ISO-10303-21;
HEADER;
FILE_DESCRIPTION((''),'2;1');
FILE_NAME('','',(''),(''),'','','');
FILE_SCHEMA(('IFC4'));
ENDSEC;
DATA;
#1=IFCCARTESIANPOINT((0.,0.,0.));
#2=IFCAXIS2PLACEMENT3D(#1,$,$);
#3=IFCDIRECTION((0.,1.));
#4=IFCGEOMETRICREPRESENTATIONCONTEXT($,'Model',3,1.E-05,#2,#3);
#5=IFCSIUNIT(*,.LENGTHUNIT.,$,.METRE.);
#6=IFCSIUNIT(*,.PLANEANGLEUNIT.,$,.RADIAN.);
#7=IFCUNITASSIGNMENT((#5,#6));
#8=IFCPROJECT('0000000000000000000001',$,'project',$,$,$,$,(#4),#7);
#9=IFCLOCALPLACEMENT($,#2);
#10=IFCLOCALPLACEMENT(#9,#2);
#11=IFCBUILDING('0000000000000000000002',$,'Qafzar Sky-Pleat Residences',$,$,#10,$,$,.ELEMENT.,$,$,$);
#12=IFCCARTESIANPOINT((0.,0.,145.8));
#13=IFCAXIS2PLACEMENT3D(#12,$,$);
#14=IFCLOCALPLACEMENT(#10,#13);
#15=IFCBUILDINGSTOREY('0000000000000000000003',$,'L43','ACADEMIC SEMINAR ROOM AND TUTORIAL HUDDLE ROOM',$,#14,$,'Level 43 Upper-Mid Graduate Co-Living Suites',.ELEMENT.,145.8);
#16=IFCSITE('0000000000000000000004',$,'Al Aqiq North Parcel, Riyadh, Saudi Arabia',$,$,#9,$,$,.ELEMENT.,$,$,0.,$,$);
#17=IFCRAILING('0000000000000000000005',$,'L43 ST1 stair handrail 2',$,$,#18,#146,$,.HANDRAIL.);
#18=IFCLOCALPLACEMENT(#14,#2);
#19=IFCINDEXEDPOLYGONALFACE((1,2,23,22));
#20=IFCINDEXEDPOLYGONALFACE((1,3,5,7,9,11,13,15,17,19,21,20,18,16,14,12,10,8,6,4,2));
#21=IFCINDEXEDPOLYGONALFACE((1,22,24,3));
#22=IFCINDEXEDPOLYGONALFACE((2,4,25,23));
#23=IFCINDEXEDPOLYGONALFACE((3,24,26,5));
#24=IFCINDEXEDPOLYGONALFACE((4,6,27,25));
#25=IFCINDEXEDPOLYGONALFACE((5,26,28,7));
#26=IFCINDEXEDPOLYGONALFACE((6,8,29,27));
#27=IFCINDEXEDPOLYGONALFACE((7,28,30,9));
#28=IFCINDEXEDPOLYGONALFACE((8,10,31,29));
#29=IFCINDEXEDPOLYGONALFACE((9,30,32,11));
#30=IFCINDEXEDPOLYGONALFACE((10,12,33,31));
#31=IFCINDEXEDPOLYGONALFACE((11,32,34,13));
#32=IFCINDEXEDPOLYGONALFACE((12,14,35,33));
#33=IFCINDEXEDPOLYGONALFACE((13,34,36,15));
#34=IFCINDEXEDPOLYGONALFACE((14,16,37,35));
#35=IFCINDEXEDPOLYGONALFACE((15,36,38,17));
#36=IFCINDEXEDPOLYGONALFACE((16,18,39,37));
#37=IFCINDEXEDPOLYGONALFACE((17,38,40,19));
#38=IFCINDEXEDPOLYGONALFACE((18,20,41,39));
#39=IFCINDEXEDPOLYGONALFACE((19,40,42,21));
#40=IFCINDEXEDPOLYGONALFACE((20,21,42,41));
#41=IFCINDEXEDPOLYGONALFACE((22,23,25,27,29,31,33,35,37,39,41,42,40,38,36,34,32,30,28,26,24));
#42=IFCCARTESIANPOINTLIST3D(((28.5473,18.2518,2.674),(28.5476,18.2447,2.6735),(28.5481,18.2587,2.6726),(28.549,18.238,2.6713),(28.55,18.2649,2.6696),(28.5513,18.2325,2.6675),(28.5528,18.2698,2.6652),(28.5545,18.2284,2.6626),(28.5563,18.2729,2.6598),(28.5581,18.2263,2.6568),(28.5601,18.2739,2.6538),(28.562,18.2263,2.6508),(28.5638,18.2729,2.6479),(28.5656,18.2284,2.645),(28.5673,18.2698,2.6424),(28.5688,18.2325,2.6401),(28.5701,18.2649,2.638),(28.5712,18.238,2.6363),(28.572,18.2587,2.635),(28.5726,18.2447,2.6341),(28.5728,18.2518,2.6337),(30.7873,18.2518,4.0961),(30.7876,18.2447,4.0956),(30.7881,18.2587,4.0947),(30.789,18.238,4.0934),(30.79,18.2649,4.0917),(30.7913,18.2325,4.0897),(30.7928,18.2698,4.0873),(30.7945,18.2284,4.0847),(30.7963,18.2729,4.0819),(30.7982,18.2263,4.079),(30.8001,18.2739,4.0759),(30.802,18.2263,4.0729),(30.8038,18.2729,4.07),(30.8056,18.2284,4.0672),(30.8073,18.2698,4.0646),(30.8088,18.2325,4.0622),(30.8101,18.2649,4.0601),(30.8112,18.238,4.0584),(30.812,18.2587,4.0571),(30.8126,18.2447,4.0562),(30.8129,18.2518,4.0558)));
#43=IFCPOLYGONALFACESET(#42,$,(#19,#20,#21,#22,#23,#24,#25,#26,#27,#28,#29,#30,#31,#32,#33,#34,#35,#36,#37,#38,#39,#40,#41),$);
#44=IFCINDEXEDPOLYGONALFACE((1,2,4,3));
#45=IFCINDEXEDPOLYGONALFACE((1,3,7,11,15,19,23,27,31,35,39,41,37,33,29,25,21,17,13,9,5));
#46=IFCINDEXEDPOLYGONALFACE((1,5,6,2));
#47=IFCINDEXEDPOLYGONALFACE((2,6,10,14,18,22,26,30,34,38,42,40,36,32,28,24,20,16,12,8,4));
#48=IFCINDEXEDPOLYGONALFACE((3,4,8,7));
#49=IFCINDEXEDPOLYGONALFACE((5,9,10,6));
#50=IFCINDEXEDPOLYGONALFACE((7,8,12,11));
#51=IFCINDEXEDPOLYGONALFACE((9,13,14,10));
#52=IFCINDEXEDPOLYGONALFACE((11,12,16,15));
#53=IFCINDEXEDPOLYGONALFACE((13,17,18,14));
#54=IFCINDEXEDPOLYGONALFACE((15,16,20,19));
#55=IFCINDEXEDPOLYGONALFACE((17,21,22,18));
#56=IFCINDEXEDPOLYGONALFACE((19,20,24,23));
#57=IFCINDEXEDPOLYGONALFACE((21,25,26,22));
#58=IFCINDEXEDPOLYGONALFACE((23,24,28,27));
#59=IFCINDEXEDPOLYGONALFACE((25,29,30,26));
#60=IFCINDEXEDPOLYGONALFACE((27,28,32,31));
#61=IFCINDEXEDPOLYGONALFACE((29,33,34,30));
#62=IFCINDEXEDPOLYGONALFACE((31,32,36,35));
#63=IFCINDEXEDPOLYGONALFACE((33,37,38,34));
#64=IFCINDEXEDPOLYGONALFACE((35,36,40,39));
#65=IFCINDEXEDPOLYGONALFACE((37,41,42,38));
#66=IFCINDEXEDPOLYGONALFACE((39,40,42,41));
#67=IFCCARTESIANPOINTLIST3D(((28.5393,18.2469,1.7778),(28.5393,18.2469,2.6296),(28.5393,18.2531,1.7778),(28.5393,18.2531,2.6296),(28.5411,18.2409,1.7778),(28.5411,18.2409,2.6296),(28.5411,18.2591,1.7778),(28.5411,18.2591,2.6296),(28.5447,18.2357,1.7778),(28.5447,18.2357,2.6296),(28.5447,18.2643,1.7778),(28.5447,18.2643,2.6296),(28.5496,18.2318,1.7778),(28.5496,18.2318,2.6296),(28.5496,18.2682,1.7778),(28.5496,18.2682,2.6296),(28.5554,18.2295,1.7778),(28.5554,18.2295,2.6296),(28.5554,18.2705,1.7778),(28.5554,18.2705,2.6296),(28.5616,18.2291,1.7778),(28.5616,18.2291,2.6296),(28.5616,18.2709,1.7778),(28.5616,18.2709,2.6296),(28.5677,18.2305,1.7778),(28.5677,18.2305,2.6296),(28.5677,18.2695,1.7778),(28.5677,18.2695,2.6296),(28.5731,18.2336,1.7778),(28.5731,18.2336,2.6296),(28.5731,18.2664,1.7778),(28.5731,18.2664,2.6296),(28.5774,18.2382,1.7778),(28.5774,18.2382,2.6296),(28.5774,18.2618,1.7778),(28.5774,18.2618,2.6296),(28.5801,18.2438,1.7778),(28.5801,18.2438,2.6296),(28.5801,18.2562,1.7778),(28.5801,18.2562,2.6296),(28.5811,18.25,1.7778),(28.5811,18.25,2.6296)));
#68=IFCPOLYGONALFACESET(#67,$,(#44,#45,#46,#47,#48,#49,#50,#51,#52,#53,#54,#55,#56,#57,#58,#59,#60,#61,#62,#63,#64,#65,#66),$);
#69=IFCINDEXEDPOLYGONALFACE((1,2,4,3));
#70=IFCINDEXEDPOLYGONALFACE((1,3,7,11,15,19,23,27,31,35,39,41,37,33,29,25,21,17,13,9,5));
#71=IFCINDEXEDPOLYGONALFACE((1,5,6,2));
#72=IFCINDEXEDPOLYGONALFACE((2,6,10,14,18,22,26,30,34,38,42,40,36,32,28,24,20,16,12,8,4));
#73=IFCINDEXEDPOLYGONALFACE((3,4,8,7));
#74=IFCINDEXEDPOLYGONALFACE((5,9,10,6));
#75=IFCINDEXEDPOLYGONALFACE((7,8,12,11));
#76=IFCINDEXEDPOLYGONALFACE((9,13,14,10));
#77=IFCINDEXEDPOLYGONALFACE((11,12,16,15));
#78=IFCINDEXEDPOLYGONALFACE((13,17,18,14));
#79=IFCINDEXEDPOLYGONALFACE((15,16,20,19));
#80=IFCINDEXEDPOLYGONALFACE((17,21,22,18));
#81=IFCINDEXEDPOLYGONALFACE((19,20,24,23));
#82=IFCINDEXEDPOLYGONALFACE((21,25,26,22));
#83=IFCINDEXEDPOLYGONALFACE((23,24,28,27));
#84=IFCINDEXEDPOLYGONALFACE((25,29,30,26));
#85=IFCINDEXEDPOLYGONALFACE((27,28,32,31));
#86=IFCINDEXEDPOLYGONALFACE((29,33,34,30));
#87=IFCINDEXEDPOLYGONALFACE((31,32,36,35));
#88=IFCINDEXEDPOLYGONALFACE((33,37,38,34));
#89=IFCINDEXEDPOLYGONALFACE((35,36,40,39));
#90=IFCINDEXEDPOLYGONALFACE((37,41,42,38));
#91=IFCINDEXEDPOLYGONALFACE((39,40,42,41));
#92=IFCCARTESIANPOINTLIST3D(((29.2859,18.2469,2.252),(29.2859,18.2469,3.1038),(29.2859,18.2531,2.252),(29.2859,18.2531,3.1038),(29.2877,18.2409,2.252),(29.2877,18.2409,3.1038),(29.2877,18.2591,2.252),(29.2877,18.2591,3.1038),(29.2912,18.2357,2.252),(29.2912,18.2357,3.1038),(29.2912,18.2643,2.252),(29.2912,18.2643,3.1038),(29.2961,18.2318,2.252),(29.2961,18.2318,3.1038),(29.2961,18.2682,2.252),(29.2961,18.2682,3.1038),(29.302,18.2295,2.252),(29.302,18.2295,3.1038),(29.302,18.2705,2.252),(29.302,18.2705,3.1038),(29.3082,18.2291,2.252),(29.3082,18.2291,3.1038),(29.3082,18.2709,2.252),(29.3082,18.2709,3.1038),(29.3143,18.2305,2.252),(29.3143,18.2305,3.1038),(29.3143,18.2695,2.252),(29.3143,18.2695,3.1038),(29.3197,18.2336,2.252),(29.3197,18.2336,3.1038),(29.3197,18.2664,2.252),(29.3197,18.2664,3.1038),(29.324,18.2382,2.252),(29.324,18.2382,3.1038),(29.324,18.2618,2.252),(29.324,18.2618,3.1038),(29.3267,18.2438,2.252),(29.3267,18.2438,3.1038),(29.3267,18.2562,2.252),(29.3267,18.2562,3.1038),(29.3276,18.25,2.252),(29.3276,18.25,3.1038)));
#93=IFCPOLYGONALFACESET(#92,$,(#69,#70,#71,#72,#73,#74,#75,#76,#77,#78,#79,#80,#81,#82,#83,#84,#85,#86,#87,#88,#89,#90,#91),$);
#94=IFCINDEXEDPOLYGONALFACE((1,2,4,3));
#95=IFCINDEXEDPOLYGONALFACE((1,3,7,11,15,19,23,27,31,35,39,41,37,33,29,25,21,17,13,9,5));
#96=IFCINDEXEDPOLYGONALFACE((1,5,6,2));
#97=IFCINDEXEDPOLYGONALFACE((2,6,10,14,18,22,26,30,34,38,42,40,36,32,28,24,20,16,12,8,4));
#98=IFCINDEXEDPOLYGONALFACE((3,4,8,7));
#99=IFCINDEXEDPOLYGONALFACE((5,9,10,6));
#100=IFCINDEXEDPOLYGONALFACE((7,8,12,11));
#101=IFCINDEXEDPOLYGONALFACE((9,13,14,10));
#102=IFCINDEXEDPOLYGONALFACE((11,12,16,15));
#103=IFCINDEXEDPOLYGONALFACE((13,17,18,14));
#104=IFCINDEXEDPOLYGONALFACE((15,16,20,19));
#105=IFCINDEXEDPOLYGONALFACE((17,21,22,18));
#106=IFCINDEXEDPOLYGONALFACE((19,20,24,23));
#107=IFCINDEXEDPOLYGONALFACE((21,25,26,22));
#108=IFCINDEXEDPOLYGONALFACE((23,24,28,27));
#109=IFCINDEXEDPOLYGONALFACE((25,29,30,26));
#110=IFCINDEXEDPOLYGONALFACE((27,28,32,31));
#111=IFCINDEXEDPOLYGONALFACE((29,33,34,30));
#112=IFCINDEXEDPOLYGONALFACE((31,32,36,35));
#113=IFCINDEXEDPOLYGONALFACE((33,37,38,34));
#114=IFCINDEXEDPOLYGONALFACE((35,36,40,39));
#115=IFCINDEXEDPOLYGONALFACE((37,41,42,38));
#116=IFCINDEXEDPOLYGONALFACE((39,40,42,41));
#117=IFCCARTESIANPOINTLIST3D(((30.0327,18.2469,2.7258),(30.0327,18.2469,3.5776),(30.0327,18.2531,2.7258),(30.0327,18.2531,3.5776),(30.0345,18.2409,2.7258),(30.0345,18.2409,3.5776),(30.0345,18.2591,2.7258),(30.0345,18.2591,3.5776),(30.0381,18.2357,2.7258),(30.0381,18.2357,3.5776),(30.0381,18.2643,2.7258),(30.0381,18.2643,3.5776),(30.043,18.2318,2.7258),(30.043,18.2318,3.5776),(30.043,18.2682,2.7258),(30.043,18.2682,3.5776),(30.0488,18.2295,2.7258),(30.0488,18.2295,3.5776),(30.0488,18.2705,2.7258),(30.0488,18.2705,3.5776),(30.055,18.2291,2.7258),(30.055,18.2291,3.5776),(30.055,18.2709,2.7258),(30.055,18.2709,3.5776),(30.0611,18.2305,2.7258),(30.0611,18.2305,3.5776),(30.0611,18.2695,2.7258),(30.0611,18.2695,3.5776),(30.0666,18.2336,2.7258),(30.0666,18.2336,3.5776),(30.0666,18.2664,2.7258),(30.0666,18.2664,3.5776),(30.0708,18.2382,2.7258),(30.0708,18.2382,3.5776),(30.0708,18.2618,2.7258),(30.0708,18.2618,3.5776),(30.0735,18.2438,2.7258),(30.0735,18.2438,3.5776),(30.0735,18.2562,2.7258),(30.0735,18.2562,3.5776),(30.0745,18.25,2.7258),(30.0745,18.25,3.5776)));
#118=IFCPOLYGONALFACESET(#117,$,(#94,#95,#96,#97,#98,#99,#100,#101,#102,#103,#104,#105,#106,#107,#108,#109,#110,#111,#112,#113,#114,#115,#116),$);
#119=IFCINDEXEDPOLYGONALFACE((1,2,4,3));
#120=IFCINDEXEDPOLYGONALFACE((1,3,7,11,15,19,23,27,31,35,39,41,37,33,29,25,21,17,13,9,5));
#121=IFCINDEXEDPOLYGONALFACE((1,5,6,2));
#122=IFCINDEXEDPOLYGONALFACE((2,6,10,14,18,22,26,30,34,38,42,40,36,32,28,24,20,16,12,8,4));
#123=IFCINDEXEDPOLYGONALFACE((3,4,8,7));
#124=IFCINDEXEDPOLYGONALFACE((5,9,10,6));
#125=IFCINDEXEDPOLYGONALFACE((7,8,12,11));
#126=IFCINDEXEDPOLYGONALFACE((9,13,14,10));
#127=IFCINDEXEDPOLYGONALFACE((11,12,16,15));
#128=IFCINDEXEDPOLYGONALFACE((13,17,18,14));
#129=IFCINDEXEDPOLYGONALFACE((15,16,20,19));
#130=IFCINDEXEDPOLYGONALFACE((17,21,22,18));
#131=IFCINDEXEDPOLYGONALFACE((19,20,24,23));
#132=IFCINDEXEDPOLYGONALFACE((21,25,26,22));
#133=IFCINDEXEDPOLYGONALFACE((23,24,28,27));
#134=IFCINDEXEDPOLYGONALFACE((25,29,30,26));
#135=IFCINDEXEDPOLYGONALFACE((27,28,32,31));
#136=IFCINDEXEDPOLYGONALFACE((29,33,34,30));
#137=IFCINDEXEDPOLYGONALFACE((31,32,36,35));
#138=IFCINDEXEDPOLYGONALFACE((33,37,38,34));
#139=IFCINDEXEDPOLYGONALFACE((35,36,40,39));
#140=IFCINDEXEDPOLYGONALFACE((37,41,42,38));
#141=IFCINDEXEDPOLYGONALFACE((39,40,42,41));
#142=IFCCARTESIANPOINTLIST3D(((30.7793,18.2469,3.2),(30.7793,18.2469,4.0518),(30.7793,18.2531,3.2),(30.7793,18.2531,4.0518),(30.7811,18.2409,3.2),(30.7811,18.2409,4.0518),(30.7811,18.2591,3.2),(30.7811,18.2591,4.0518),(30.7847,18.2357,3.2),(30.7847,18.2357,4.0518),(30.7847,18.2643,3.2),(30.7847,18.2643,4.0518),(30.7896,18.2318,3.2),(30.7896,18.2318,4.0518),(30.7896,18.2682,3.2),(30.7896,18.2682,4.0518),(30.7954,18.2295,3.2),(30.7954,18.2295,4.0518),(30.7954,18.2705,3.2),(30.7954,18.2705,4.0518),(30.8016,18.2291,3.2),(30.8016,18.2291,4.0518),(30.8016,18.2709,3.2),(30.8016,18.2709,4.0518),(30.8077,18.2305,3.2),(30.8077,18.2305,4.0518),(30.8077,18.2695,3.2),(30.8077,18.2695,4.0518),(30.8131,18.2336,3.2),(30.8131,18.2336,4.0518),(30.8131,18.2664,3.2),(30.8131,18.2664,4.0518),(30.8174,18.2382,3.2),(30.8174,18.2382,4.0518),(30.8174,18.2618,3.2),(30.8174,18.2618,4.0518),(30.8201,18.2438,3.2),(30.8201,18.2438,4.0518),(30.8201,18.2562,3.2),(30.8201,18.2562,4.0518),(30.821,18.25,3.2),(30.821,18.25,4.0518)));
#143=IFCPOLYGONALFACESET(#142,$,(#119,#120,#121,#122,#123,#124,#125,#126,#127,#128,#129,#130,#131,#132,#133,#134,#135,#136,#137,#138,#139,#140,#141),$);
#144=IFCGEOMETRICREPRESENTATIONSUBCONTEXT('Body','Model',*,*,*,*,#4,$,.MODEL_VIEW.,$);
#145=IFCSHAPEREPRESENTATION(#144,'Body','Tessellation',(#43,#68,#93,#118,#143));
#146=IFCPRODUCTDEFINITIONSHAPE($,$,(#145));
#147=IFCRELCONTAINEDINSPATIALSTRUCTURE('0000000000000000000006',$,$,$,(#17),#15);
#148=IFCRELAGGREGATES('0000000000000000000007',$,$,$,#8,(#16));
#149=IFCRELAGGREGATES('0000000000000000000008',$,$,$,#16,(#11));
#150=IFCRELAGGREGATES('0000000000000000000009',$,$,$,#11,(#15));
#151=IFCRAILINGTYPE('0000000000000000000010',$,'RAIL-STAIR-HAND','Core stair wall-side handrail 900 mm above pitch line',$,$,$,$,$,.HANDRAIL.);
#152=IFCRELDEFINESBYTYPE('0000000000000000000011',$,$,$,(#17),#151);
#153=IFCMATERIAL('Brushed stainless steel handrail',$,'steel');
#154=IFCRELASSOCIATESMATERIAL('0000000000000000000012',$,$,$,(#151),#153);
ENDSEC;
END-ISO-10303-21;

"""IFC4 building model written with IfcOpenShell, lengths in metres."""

from ifc_helpers import new_model, si_unit, direction, frame, origin, origin_2d, place, context, subcontext, project, spatial, circle, extrude, source, transform, mapped, material, type_object, element, save


model = new_model("IFC4")

# Units and contexts
model_context = context("Model", 3, precision=1e-05, world=origin(), true_north=direction((0.0, 1.0)))
body_context = subcontext(model_context, "Body", "Model", "MODEL_VIEW")
ifc_project = project(units=[si_unit("LENGTHUNIT", "METRE"), si_unit("PLANEANGLEUNIT", "RADIAN")], contexts=[model_context])

# Site, building, storey
site_placement = place(None, origin())
site = spatial("IfcSite", under=ifc_project, at=site_placement, Name="Al Aqiq North Parcel, Riyadh, Saudi Arabia", CompositionType="ELEMENT", RefElevation=0.0)
building_placement = place(site_placement, origin())
building = spatial("IfcBuilding", under=site, at=building_placement, Name="Qafzar Sky-Pleat Residences", CompositionType="ELEMENT")
storey_placement = place(building_placement, frame((0.0, 0.0, 145.8)))
storey = spatial("IfcBuildingStorey", under=building, at=storey_placement, Name="L43", Description="ACADEMIC SEMINAR ROOM AND TUTORIAL HUDDLE ROOM", LongName="Level 43 Upper-Mid Graduate Co-Living Suites", CompositionType="ELEMENT", Elevation=145.8)

# Railing
ifc_material_1 = material(Name="Brushed stainless steel handrail", Category="steel")
railing_type_1 = type_object("IfcRailingType", Name="RAIL-STAIR-HAND", Description="Core stair wall-side handrail 900 mm above pitch line", PredefinedType="HANDRAIL", material=ifc_material_1)
shared_shape_1 = source(origin(), body_context, "Body", "SweptSolid", [
    extrude(circle(Radius=0.0239, at=origin_2d()), frame((0.0, 0.0, 0.876), z_axis=(0.844229, 0.0, 0.535982), x_axis=(0.0, 1.0, 0.0)), (0.0, 0.0, 1.0), 2.6533),
    extrude(circle(Radius=0.021, at=origin_2d()), origin(), (0.0, 0.0, 1.0), 0.8518),
    extrude(circle(Radius=0.021, at=origin_2d()), frame((0.7466, 0.0, 0.4741)), (0.0, 0.0, 1.0), 0.8518),
    extrude(circle(Radius=0.021, at=origin_2d()), frame((1.4934, 0.0, 0.948)), (0.0, 0.0, 1.0), 0.8518),
    extrude(circle(Radius=0.021, at=origin_2d()), frame((2.24, 0.0, 1.4221)), (0.0, 0.0, 1.0), 0.8518),
])
railing_1_placement = place(storey_placement, frame((28.5601, 18.25, 1.7778)))
element("IfcRailing", 1, at=railing_1_placement, inside=storey, type_object=railing_type_1, Name="L43 ST1 stair handrail 2", PredefinedType="HANDRAIL", context=body_context, shape_type="MappedRepresentation", body=[
    mapped(shared_shape_1, transform((0.0, 0.0, 0.0), x_axis=(1.0, 0.0, 0.0), y_axis=(0.0, 1.0, 0.0), z_axis=(0.0, 0.0, 1.0), scale=1.0)),
])

save(model, "model.ifc")
